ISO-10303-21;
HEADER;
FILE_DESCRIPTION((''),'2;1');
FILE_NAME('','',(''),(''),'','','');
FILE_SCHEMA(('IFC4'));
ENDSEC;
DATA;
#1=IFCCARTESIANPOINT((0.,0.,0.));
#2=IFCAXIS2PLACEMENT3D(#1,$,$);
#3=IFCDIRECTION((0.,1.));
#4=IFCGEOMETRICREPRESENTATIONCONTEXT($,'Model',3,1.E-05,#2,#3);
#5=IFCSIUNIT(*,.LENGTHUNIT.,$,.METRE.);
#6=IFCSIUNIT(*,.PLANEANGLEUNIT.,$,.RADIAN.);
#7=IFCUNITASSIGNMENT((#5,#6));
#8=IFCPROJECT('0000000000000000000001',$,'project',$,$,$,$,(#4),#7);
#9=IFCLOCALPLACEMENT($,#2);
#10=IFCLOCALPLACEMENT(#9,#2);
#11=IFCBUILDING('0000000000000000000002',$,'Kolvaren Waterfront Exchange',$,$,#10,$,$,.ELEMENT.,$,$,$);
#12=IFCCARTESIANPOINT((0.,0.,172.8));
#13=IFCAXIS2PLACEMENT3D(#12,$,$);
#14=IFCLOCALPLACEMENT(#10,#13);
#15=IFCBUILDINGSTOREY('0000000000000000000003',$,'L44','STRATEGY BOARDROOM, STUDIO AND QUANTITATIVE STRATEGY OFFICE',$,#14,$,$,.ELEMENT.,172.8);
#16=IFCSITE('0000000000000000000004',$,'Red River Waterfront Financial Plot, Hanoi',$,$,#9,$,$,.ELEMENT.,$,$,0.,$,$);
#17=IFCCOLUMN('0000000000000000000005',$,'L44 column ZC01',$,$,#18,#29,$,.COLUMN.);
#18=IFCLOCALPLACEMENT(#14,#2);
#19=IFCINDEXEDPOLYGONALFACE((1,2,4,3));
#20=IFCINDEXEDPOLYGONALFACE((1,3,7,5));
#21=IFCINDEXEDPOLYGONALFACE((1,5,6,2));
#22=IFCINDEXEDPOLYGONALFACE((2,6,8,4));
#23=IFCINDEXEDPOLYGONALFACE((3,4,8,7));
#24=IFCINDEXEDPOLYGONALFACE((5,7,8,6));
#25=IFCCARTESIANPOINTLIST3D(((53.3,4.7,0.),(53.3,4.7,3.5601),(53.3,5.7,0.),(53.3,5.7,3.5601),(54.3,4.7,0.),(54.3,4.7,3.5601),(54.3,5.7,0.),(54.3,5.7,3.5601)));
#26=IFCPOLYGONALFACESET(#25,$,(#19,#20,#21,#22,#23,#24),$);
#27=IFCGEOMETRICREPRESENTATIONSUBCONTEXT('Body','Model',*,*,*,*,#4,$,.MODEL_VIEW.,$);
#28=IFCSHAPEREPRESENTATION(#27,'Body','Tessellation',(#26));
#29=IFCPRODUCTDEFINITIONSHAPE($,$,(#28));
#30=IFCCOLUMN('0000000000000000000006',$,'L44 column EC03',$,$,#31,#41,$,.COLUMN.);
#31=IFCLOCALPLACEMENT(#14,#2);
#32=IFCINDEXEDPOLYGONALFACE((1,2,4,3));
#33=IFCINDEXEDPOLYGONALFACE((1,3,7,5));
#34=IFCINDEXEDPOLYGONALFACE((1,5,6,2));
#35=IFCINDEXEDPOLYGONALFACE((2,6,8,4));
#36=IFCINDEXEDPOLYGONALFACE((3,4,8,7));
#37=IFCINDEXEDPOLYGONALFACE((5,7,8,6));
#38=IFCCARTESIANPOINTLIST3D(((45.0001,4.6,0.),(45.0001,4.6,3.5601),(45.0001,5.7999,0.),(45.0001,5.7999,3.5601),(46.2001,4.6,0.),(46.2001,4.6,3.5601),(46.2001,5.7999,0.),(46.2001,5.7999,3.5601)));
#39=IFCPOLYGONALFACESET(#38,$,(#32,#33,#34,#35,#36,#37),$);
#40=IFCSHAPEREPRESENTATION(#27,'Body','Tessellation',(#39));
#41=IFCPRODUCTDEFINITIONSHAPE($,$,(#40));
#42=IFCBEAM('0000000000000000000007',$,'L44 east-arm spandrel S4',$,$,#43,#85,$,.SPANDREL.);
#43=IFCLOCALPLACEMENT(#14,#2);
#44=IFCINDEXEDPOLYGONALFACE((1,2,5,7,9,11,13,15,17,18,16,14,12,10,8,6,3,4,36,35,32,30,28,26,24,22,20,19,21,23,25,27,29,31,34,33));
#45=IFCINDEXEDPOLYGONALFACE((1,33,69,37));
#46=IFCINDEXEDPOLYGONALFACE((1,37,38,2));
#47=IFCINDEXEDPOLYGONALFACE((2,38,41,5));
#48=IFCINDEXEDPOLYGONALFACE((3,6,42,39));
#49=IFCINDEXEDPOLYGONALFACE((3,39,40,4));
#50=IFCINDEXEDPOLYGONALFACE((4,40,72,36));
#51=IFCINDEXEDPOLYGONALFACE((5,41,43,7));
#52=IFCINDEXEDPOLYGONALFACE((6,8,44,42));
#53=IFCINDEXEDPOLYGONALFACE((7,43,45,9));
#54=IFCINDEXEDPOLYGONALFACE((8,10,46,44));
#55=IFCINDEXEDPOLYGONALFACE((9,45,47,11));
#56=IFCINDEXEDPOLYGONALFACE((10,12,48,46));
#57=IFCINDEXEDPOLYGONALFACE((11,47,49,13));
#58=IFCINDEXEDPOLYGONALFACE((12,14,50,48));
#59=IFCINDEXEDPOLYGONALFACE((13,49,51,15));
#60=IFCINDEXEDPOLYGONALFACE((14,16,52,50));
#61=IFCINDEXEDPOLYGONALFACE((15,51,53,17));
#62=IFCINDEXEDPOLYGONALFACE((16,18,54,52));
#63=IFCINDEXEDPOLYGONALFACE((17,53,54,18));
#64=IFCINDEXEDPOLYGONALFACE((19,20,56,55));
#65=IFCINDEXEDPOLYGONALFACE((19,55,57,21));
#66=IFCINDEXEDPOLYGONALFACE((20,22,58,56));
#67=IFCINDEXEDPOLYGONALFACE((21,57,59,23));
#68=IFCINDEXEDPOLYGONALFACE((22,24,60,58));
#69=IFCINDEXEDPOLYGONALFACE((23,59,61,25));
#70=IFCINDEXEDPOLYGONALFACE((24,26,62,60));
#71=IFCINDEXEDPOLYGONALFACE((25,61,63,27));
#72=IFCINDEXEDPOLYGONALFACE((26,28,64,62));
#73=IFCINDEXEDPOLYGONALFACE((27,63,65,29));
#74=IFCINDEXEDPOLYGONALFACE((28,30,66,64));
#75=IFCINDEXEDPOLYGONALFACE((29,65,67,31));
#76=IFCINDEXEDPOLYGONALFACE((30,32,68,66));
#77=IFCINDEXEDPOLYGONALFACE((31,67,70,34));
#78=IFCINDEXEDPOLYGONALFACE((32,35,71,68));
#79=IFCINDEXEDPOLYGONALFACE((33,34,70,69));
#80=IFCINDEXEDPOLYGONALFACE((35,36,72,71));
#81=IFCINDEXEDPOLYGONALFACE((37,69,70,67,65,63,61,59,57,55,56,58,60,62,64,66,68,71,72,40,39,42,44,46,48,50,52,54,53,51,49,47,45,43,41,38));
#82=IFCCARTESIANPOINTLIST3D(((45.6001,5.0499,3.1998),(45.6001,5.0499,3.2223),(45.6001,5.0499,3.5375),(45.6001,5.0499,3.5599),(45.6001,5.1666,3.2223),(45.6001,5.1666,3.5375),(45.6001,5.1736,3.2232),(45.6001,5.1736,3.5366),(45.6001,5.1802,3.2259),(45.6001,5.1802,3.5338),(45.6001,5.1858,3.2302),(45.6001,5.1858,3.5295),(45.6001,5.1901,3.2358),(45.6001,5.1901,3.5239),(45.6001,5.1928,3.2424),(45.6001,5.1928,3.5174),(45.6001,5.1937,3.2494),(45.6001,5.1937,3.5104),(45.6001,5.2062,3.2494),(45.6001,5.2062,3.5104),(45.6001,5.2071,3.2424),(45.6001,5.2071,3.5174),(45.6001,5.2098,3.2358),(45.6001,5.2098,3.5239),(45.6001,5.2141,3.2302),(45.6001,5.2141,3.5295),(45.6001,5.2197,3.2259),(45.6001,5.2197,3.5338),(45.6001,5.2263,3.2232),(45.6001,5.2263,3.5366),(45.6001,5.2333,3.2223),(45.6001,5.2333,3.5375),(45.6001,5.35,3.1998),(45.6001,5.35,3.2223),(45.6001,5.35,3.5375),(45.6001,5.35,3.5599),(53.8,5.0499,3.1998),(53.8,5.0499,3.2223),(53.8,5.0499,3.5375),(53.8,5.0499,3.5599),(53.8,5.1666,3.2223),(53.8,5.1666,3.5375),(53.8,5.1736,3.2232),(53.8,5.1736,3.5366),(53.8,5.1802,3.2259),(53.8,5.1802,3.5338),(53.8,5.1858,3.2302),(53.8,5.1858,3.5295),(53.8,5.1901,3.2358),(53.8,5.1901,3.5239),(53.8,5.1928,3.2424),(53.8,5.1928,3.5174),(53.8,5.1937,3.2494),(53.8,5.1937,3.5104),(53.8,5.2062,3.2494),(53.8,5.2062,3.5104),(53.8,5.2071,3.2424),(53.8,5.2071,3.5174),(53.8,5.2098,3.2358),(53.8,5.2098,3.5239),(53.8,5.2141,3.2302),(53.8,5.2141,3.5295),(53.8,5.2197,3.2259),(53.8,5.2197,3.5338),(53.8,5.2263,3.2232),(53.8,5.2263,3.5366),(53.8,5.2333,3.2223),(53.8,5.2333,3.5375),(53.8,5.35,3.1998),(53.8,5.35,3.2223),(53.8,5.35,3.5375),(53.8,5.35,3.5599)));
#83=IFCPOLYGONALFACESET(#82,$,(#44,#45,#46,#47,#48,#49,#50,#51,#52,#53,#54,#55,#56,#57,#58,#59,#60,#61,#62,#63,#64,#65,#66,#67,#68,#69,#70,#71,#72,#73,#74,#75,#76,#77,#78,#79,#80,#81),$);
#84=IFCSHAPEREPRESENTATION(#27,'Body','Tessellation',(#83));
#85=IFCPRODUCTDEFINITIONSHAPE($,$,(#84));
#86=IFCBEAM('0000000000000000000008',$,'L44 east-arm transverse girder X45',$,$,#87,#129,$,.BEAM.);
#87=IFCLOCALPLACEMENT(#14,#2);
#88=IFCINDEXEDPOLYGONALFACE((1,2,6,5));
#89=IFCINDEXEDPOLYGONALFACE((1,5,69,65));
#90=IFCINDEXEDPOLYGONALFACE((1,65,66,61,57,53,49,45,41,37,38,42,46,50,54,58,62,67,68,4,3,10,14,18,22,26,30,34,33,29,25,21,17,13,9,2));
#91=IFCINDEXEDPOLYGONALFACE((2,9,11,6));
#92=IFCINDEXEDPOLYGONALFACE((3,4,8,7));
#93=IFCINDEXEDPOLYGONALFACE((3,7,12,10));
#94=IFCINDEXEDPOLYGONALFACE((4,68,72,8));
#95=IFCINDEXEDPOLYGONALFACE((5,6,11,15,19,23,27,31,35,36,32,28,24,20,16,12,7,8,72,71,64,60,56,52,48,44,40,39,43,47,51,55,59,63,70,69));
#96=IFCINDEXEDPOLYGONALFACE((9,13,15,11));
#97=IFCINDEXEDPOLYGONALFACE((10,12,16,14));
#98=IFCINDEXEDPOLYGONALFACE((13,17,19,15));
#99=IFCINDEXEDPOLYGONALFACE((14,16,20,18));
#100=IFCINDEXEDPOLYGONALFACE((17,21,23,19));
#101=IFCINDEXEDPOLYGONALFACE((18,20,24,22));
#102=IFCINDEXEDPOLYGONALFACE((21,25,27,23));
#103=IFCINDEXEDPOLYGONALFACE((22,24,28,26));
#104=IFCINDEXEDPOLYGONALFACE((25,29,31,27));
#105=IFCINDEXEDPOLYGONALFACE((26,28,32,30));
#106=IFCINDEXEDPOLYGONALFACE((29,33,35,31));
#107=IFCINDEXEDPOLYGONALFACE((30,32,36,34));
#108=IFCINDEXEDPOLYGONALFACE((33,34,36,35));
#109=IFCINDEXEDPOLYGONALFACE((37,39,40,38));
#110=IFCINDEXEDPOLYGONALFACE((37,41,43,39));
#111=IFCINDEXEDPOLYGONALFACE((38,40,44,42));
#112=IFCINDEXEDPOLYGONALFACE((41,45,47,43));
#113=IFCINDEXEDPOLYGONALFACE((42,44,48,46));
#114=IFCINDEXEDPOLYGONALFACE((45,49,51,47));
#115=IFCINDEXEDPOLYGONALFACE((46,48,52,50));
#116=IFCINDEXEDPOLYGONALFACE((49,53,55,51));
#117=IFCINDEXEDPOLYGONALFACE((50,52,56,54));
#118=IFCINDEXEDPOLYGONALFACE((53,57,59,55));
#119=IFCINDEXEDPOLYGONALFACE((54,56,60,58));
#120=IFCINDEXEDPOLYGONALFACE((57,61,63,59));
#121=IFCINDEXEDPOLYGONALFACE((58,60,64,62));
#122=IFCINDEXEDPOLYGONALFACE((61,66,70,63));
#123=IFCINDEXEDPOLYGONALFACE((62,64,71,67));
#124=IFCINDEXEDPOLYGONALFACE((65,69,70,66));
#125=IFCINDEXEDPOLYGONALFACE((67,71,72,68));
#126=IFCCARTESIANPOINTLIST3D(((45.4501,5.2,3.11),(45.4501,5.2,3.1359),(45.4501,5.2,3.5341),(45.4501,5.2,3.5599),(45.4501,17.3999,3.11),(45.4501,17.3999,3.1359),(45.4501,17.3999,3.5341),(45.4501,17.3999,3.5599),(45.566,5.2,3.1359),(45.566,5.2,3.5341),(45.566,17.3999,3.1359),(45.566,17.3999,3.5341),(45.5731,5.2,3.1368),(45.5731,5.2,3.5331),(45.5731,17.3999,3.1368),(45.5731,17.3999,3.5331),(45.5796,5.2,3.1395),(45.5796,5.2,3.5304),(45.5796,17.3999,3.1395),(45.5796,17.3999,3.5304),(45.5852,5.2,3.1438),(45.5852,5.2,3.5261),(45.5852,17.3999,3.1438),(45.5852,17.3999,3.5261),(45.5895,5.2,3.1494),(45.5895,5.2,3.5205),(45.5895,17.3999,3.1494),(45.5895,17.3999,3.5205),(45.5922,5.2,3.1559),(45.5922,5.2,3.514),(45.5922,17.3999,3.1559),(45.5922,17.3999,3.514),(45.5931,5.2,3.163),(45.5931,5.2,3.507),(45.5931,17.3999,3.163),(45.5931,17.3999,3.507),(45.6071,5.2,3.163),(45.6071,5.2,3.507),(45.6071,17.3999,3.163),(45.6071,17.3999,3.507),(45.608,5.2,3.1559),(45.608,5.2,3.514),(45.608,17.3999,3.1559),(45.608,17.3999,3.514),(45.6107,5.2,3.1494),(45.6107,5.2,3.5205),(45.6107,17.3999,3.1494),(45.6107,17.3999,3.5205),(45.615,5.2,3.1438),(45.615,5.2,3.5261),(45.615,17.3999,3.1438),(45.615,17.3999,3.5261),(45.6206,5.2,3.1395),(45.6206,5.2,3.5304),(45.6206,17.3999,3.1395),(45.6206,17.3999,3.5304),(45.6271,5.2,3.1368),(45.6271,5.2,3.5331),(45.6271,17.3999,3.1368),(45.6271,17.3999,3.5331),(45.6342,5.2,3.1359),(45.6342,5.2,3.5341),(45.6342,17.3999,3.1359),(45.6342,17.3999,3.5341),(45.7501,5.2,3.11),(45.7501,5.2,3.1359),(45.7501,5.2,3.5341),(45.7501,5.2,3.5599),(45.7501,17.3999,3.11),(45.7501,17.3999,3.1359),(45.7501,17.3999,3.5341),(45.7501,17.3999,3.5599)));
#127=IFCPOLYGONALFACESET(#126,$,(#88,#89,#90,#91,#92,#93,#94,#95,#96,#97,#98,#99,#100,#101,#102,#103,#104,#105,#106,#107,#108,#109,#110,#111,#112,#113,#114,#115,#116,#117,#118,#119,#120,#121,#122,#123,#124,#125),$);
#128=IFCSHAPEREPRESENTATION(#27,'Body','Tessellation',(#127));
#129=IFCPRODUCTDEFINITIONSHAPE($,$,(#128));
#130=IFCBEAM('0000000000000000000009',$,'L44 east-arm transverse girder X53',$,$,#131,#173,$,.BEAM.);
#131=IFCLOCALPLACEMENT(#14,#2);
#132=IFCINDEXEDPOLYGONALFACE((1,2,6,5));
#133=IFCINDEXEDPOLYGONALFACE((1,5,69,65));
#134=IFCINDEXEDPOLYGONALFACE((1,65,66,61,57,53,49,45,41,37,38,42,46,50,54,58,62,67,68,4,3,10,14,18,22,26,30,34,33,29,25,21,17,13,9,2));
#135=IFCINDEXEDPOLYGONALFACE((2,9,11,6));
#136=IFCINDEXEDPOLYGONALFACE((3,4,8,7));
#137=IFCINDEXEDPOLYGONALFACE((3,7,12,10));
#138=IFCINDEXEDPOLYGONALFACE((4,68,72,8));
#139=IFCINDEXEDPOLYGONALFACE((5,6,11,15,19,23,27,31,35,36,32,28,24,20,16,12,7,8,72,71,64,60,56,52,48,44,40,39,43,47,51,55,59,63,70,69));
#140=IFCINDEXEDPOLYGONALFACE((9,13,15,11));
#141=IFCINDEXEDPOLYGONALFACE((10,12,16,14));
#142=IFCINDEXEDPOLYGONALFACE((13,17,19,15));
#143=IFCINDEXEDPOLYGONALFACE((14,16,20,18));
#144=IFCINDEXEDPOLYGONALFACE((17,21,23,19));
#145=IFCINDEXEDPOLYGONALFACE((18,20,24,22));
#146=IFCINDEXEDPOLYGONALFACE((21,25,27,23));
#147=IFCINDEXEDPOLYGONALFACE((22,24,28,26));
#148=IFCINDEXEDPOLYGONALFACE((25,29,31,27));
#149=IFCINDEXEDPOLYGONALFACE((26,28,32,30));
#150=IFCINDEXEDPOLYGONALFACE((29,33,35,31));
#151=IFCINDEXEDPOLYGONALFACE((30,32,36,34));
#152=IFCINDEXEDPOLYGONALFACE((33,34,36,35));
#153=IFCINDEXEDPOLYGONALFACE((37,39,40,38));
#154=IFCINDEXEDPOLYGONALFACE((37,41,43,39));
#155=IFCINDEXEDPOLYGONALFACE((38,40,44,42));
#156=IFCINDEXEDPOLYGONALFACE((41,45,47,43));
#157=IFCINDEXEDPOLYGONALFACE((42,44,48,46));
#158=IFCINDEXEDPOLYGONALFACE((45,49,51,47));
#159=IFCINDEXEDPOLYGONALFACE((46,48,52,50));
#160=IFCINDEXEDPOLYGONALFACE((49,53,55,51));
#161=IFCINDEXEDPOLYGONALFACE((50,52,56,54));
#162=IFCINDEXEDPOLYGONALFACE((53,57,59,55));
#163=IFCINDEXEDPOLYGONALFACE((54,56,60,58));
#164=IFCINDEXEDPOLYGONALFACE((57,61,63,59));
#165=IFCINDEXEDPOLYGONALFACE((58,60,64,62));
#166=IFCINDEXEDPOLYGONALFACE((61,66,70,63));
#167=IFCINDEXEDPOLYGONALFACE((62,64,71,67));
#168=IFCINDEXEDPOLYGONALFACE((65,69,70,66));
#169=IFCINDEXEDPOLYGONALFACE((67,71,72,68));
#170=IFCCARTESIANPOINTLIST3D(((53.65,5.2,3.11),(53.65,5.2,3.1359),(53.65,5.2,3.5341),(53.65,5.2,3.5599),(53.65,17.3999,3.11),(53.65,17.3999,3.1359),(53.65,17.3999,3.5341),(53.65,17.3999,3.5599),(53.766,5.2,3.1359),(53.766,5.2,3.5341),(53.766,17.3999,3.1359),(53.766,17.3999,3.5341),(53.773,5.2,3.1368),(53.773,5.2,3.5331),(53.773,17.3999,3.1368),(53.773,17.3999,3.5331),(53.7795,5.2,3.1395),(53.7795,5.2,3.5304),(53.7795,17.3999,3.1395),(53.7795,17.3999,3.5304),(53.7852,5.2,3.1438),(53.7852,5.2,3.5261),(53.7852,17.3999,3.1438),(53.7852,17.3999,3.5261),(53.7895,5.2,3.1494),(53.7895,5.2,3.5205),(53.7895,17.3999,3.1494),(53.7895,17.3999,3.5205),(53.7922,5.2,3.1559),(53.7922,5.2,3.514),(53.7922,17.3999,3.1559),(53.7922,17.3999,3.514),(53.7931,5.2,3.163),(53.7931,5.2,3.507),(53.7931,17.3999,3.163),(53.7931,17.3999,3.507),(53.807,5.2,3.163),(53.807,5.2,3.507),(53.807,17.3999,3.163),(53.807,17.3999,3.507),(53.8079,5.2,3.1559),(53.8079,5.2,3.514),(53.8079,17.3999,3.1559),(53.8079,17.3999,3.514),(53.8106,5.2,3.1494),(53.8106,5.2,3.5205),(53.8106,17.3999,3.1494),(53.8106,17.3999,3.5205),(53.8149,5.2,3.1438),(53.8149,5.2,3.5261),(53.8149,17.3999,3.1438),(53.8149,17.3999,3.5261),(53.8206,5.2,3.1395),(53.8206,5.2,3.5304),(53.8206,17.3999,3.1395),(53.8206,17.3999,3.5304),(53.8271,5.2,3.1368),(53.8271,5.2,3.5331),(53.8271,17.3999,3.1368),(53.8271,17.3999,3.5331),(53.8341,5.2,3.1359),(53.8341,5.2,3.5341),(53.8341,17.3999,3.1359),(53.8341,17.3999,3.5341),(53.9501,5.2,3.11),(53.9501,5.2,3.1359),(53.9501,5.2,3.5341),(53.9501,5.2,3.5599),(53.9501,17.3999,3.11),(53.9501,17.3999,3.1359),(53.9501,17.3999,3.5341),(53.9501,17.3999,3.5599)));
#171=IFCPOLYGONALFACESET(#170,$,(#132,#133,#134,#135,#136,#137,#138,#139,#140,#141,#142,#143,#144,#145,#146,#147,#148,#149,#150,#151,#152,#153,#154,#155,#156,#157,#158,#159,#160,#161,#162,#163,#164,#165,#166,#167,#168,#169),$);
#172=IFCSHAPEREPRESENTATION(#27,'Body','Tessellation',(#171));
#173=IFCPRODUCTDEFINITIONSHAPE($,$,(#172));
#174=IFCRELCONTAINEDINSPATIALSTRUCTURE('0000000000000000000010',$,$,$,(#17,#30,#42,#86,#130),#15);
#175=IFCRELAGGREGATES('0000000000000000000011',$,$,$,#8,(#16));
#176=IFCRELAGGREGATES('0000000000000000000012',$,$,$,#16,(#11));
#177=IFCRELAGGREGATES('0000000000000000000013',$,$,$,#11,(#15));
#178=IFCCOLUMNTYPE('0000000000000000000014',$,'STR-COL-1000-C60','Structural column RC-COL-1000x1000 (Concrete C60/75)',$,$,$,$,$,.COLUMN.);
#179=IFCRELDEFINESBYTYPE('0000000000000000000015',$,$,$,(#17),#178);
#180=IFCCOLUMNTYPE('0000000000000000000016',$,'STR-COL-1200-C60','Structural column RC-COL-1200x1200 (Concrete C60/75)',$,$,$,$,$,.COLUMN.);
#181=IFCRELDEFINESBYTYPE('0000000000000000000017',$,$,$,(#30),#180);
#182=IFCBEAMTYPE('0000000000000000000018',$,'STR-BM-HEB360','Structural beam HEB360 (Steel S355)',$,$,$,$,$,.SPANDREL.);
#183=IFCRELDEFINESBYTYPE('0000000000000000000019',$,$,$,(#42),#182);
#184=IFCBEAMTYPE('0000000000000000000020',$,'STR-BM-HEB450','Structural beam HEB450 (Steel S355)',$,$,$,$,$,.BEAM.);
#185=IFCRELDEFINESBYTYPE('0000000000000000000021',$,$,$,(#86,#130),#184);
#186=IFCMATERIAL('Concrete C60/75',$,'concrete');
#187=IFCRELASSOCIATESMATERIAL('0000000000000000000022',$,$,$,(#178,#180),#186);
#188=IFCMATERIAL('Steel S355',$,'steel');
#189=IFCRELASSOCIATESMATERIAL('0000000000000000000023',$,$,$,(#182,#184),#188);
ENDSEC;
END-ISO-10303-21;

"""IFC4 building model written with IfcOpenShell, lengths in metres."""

from ifc_helpers import new_model, si_unit, direction, frame, origin, origin_2d, place, context, subcontext, project, spatial, rectangle, i_section, extrude, material, material_profile, profile_set, type_object, element, save


model = new_model("IFC4")

# Units and contexts
model_context = context("Model", 3, precision=1e-05, world=origin(), true_north=direction((0.0, 1.0)))
body_context = subcontext(model_context, "Body", "Model", "MODEL_VIEW")
ifc_project = project(units=[si_unit("LENGTHUNIT", "METRE"), si_unit("PLANEANGLEUNIT", "RADIAN")], contexts=[model_context])

# Site, building, storey
site_placement = place(None, origin())
site = spatial("IfcSite", under=ifc_project, at=site_placement, Name="Red River Waterfront Financial Plot, Hanoi", CompositionType="ELEMENT", RefElevation=0.0)
building_placement = place(site_placement, origin())
building = spatial("IfcBuilding", under=site, at=building_placement, Name="Kolvaren Waterfront Exchange", CompositionType="ELEMENT")
storey_placement = place(building_placement, frame((0.0, 0.0, 172.8)))
storey = spatial("IfcBuildingStorey", under=building, at=storey_placement, Name="L44", Description="STRATEGY BOARDROOM, STUDIO AND QUANTITATIVE STRATEGY OFFICE", CompositionType="ELEMENT", Elevation=172.8)

# Columns
ifc_material_1 = material(Name="Concrete C60/75", Category="concrete")
ifc_material_profile_1 = material_profile(ifc_material_1, rectangle(XDim=1.0, YDim=1.0, at=origin_2d()), Name="RC-COL-1000x1000")
ifc_profile_set_1 = profile_set([ifc_material_profile_1], Name="Concrete C60/75")
column_type_1 = type_object("IfcColumnType", Name="STR-COL-1000-C60", Description="Structural column RC-COL-1000x1000 (Concrete C60/75)", PredefinedType="COLUMN", material=ifc_profile_set_1)
column_1_placement = place(storey_placement, frame((53.8, 5.2, 0.0), z_axis=(0.0, 0.0, 1.0), x_axis=(1.0, 0.0, 0.0)))
element("IfcColumn", 1, at=column_1_placement, inside=storey, type_object=column_type_1, Name="L44 column ZC01", PredefinedType="COLUMN", context=body_context, shape_type="SweptSolid", body=[
    extrude(rectangle(XDim=1.0, YDim=1.0, at=origin_2d()), origin(), (0.0, 0.0, 1.0), 3.5601),
])
ifc_material_profile_2 = material_profile(ifc_material_1, rectangle(XDim=1.2, YDim=1.2, at=origin_2d()), Name="RC-COL-1200x1200")
ifc_profile_set_2 = profile_set([ifc_material_profile_2], Name="Concrete C60/75")
column_type_2 = type_object("IfcColumnType", Name="STR-COL-1200-C60", Description="Structural column RC-COL-1200x1200 (Concrete C60/75)", PredefinedType="COLUMN", material=ifc_profile_set_2)
column_2_placement = place(storey_placement, frame((45.6001, 5.2, 0.0), z_axis=(0.0, 0.0, 1.0), x_axis=(1.0, 0.0, 0.0)))
element("IfcColumn", 2, at=column_2_placement, inside=storey, type_object=column_type_2, Name="L44 column EC03", PredefinedType="COLUMN", context=body_context, shape_type="SweptSolid", body=[
    extrude(rectangle(XDim=1.2, YDim=1.2, at=origin_2d()), origin(), (0.0, 0.0, 1.0), 3.5601),
])

# Beams
ifc_material_2 = material(Name="Steel S355", Category="steel")
ifc_material_profile_3 = material_profile(ifc_material_2, i_section(OverallWidth=0.3, OverallDepth=0.3601, WebThickness=0.0125, FlangeThickness=0.0225, FilletRadius=0.0271, at=origin_2d()), Name="HEB360")
ifc_profile_set_3 = profile_set([ifc_material_profile_3], Name="Steel S355")
beam_type_1 = type_object("IfcBeamType", Name="STR-BM-HEB360", Description="Structural beam HEB360 (Steel S355)", PredefinedType="SPANDREL", material=ifc_profile_set_3)
beam_1_placement = place(storey_placement, frame((45.6001, 5.2, 3.3799), z_axis=(1.0, 0.0, 0.0), x_axis=(0.0, 1.0, 0.0)))
element("IfcBeam", 3, at=beam_1_placement, inside=storey, type_object=beam_type_1, Name="L44 east-arm spandrel S4", PredefinedType="SPANDREL", context=body_context, shape_type="SweptSolid", body=[
    extrude(i_section(OverallWidth=0.3, OverallDepth=0.3601, WebThickness=0.0125, FlangeThickness=0.0225, FilletRadius=0.0271, at=origin_2d()), origin(), (0.0, 0.0, 1.0), 8.2),
])
ifc_material_profile_4 = material_profile(ifc_material_2, i_section(OverallWidth=0.3, OverallDepth=0.45, WebThickness=0.0139, FlangeThickness=0.0259, FilletRadius=0.0271, at=origin_2d()), Name="HEB450")
ifc_profile_set_4 = profile_set([ifc_material_profile_4], Name="Steel S355")
beam_type_2 = type_object("IfcBeamType", Name="STR-BM-HEB450", Description="Structural beam HEB450 (Steel S355)", PredefinedType="BEAM", material=ifc_profile_set_4)
for number, where, z_axis, x_axis, name in (
    (4, (45.6001, 5.2, 3.335), (0.0, 1.0, 0.0), (-1.0, 0.0, 0.0), "L44 east-arm transverse girder X45"),
    (5, (53.8, 5.2, 3.335), (0.0, 1.0, 0.0), (-1.0, 0.0, 0.0), "L44 east-arm transverse girder X53"),
):
    element("IfcBeam", number, at=place(storey_placement, frame(where, z_axis=z_axis, x_axis=x_axis)), inside=storey, type_object=beam_type_2, Name=name, PredefinedType="BEAM", context=body_context, shape_type="SweptSolid", body=[
        extrude(i_section(OverallWidth=0.3, OverallDepth=0.45, WebThickness=0.0139, FlangeThickness=0.0259, FilletRadius=0.0271, at=origin_2d()), origin(), (0.0, 0.0, 1.0), 12.2),
    ])

save(model, "model.ifc")
